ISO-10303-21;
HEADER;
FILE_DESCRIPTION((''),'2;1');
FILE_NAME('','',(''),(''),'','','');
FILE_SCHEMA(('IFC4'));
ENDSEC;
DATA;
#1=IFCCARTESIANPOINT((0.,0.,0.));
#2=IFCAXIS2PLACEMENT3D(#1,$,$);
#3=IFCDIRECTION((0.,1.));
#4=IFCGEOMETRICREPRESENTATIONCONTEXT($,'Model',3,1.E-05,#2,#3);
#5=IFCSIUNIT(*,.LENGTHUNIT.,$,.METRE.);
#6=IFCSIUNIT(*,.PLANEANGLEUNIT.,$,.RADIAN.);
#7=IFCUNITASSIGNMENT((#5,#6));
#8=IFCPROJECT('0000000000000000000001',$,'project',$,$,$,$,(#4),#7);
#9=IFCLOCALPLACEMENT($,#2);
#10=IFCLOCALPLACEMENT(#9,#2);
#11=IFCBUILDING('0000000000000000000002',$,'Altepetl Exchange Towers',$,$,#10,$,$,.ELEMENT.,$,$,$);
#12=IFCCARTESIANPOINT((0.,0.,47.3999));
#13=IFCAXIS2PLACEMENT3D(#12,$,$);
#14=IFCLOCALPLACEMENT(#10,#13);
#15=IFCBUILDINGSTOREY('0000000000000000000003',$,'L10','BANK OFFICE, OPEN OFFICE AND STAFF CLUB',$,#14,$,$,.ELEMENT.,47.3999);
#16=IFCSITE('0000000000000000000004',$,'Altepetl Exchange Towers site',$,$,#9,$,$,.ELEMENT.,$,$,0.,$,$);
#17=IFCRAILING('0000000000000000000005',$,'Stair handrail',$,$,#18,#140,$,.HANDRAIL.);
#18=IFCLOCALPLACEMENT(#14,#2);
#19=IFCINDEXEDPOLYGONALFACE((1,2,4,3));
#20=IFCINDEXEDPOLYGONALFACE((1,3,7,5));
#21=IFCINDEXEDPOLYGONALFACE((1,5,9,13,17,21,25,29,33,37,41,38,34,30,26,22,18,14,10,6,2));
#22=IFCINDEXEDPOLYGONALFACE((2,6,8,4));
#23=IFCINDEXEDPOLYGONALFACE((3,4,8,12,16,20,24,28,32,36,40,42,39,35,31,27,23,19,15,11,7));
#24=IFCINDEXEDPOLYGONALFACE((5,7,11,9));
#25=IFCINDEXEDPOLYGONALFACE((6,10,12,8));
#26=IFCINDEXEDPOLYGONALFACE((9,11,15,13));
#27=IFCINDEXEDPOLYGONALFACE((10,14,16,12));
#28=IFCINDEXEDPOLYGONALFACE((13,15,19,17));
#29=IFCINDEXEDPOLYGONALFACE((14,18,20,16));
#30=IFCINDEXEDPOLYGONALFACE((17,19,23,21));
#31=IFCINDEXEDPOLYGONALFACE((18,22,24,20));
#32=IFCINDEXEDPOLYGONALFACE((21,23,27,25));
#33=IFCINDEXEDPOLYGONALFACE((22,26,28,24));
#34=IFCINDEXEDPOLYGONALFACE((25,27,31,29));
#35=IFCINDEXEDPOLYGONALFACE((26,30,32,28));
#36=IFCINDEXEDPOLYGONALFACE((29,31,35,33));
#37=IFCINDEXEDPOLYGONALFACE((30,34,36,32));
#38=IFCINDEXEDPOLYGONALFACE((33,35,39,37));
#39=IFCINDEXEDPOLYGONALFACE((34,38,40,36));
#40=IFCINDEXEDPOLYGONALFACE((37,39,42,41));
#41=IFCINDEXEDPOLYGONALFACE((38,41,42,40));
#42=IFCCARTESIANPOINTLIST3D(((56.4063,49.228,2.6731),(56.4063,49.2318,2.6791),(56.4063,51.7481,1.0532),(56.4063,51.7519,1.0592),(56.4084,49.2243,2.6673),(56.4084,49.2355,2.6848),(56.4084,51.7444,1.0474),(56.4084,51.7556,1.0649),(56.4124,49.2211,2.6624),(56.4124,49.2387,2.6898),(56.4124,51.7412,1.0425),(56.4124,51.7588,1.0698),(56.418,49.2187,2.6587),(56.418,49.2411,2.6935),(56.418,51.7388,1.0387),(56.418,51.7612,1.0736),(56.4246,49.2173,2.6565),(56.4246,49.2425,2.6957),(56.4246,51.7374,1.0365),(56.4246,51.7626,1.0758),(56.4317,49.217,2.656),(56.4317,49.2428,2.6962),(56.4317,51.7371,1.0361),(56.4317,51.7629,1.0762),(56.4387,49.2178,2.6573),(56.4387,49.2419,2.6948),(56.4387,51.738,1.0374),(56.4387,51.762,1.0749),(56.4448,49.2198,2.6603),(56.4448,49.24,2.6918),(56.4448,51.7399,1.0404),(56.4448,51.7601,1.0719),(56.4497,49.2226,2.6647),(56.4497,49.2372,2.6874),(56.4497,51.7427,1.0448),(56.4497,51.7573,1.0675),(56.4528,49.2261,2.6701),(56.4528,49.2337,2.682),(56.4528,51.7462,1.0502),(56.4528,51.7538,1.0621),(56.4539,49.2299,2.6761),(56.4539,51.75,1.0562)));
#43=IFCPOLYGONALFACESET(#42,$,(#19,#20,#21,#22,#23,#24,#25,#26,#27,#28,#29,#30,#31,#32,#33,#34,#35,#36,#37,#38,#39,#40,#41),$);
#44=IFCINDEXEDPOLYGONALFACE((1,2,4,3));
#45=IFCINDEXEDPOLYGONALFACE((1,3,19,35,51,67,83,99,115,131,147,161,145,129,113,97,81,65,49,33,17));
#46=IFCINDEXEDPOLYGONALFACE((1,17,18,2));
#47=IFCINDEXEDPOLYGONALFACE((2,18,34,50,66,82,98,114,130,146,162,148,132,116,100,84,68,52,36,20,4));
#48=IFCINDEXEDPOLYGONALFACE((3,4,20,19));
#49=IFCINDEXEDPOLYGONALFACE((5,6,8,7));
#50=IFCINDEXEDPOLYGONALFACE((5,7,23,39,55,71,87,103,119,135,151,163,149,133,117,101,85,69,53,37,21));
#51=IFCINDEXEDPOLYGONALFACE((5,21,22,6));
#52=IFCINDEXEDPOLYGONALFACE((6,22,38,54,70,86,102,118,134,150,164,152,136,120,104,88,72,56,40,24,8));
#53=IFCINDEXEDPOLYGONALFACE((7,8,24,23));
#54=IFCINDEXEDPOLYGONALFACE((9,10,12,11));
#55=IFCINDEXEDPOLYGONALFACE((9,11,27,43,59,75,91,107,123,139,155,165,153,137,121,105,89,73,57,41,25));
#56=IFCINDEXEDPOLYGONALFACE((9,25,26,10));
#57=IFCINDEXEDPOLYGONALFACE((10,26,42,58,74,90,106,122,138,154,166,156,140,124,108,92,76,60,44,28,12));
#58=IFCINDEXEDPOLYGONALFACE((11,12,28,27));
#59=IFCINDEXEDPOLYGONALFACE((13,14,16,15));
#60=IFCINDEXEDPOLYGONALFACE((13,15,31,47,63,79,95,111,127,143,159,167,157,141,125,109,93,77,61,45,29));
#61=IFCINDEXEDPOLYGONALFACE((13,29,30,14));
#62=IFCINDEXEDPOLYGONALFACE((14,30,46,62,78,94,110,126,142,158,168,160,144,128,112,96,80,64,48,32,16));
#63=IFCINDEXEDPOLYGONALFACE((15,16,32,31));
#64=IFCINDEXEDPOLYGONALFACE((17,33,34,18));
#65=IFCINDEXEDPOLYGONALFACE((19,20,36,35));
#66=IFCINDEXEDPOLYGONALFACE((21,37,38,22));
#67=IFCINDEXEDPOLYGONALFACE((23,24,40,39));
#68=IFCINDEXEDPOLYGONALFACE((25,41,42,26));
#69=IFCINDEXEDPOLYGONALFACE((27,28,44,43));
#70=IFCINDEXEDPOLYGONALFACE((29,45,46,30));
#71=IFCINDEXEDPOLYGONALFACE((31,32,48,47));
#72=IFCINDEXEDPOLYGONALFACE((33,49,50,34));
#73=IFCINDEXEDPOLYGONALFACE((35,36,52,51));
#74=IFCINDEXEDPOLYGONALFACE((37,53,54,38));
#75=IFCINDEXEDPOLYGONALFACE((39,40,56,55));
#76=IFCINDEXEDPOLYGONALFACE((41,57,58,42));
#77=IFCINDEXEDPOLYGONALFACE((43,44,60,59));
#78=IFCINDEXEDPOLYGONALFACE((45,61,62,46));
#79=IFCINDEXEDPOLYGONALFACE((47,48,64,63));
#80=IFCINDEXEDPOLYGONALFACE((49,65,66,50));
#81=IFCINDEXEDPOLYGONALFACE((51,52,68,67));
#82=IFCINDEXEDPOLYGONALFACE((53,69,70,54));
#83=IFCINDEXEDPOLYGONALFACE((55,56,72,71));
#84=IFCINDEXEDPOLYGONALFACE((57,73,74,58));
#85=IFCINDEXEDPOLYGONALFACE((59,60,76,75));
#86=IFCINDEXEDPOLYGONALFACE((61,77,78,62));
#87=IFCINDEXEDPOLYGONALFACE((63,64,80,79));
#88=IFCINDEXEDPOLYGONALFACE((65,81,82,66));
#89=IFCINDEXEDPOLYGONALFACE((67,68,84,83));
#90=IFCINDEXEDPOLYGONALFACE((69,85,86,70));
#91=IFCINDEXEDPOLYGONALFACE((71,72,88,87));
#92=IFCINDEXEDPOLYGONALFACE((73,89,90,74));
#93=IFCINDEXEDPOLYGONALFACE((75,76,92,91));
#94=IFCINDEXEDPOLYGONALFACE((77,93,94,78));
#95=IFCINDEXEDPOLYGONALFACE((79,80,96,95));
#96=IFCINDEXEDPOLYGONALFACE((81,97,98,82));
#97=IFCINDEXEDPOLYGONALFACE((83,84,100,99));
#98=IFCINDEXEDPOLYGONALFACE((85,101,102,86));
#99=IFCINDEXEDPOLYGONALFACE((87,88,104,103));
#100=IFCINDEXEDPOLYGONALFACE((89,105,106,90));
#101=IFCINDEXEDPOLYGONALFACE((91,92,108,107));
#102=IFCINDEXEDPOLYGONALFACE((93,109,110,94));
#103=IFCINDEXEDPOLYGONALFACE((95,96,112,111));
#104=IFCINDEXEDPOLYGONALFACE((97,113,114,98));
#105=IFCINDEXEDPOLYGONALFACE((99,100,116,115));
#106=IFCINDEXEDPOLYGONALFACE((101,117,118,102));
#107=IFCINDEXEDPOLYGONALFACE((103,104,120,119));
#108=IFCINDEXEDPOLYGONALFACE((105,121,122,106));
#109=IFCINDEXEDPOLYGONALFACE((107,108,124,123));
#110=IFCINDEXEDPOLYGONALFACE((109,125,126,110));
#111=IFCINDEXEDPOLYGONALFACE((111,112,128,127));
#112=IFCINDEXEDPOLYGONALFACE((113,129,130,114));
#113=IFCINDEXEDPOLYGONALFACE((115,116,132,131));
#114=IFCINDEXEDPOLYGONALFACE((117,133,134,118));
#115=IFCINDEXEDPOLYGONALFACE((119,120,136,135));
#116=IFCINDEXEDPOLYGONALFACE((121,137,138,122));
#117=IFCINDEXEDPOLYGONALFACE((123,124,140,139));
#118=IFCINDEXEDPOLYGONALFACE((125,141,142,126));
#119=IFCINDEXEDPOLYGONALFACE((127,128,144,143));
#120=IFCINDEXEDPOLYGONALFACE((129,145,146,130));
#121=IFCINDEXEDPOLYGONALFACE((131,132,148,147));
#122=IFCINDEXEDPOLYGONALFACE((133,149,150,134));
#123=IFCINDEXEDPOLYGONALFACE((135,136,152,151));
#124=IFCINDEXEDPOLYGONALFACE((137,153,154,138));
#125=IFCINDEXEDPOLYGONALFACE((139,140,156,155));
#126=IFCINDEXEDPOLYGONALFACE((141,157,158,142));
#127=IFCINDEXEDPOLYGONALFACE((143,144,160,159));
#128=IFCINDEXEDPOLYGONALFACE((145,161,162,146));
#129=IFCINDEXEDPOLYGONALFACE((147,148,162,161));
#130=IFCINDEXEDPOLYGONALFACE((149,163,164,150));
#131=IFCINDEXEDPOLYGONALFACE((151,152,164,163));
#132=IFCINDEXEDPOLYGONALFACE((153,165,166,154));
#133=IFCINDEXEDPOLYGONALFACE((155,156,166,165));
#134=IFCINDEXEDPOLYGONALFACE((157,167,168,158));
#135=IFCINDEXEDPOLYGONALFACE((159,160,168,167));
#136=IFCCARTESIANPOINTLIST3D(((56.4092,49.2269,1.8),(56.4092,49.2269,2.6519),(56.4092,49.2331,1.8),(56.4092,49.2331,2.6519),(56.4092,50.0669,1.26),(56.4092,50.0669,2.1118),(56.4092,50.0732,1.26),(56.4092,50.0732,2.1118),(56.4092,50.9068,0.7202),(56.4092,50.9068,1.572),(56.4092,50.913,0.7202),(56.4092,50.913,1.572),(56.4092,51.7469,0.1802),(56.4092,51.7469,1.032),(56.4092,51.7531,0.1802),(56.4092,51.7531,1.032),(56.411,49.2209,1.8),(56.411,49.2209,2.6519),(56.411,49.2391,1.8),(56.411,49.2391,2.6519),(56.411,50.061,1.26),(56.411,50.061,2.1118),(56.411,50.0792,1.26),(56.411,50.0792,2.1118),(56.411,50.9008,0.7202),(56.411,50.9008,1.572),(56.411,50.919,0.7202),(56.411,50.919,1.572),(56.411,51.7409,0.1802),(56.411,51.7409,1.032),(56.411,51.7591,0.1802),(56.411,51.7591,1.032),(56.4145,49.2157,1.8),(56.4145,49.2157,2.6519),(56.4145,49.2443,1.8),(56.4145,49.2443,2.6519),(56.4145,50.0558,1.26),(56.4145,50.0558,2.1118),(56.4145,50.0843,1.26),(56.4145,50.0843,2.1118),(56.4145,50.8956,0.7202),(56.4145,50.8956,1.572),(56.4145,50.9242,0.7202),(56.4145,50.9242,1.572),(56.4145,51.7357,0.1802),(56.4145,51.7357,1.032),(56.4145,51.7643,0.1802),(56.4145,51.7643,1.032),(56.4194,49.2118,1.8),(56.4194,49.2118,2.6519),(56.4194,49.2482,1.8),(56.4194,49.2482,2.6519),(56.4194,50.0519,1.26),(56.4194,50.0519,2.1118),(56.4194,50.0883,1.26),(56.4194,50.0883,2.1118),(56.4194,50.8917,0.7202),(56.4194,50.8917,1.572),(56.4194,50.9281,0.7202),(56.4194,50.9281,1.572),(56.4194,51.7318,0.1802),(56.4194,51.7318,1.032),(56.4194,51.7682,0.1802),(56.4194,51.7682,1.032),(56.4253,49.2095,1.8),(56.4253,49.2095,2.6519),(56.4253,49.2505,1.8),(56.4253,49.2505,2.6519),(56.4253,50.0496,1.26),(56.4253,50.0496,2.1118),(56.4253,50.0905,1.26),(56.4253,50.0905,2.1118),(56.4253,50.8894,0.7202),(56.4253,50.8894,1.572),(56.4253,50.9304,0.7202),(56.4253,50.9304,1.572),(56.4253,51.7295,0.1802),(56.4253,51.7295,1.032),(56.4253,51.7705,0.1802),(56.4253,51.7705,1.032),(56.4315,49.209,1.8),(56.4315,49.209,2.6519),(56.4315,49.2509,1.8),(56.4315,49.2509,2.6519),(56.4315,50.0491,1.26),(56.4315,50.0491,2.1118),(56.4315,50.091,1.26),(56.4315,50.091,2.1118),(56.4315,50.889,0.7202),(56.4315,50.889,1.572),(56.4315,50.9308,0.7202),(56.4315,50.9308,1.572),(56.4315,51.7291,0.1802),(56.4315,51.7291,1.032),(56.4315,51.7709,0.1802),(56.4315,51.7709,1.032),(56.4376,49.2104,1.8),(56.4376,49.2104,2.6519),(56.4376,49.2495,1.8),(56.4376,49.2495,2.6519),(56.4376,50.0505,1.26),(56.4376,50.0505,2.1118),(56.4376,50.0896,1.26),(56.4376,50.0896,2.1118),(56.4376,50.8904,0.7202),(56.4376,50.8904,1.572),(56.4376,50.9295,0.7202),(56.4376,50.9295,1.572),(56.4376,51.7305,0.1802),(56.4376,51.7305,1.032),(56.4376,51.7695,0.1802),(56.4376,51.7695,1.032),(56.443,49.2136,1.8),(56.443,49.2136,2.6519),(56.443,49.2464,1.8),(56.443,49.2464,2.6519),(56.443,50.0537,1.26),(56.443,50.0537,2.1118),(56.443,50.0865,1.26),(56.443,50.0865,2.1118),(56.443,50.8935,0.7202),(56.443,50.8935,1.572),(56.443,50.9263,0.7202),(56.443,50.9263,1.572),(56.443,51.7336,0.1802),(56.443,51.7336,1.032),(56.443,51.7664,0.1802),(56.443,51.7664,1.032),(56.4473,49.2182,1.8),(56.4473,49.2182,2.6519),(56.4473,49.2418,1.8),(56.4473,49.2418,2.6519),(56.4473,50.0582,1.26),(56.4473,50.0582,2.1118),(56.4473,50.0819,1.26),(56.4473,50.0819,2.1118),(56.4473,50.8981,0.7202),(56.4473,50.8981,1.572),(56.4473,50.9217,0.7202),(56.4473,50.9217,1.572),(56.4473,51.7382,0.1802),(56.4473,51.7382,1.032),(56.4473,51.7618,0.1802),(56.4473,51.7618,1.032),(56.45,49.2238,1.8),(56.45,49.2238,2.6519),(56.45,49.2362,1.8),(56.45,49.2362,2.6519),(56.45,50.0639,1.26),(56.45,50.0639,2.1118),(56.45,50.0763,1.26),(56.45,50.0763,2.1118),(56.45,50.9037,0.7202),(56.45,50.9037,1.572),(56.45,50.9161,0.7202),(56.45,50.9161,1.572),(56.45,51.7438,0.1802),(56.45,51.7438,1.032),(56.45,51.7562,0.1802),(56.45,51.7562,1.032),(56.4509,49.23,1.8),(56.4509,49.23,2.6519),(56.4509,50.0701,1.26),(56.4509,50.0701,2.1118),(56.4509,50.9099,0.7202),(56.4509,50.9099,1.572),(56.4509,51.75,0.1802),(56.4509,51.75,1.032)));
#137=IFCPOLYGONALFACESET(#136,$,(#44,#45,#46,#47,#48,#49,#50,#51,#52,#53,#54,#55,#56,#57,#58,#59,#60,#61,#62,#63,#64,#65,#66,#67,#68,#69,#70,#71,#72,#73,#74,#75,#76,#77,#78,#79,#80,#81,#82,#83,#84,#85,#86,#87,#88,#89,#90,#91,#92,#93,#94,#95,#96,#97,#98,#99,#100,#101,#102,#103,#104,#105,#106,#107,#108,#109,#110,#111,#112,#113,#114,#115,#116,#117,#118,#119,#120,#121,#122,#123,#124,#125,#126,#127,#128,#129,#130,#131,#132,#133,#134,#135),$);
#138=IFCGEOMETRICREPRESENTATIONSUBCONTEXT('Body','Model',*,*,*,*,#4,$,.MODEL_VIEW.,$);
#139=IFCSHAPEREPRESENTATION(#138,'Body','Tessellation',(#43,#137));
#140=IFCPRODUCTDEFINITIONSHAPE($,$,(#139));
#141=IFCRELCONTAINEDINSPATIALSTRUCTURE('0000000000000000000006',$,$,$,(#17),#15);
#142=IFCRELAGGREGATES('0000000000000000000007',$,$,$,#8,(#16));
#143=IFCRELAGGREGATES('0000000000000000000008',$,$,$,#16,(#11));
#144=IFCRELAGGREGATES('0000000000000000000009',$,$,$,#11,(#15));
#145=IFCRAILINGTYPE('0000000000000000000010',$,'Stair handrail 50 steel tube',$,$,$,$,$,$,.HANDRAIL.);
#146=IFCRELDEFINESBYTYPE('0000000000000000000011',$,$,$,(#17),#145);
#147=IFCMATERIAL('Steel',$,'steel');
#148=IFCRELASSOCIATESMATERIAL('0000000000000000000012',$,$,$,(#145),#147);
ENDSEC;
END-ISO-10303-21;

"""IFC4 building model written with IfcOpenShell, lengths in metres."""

from ifc_helpers import new_model, si_unit, direction, frame, origin, origin_2d, place, context, subcontext, project, spatial, circle, extrude, source, transform, mapped, material, type_object, element, save


model = new_model("IFC4")

# Units and contexts
model_context = context("Model", 3, precision=1e-05, world=origin(), true_north=direction((0.0, 1.0)))
body_context = subcontext(model_context, "Body", "Model", "MODEL_VIEW")
ifc_project = project(units=[si_unit("LENGTHUNIT", "METRE"), si_unit("PLANEANGLEUNIT", "RADIAN")], contexts=[model_context])

# Site, building, storey
site_placement = place(None, origin())
site = spatial("IfcSite", under=ifc_project, at=site_placement, Name="Altepetl Exchange Towers site", CompositionType="ELEMENT", RefElevation=0.0)
building_placement = place(site_placement, origin())
building = spatial("IfcBuilding", under=site, at=building_placement, Name="Altepetl Exchange Towers", CompositionType="ELEMENT")
storey_placement = place(building_placement, frame((0.0, 0.0, 47.3999)))
storey = spatial("IfcBuildingStorey", under=building, at=storey_placement, Name="L10", Description="BANK OFFICE, OPEN OFFICE AND STAFF CLUB", CompositionType="ELEMENT", Elevation=47.3999)

# Railing
ifc_material_1 = material(Name="Steel", Category="steel")
railing_type = type_object("IfcRailingType", Name="Stair handrail 50 steel tube", PredefinedType="HANDRAIL", material=ifc_material_1)
shared_shape = source(origin(), body_context, "Body", "SweptSolid", [
    extrude(circle(Radius=0.021, at=origin_2d()), origin(), (0.0, 0.0, 1.0), 0.8518),
])
railing_1_placement = place(storey_placement, frame((56.4299, 51.75, 0.1802)))
element("IfcRailing", 1, at=railing_1_placement, inside=storey, type_object=railing_type, Name="Stair handrail", PredefinedType="HANDRAIL", context=body_context, shape_type="SweptSolid", body=[
    extrude(circle(Radius=0.0239, at=origin_2d()), frame((0.0, 0.0, 0.876), z_axis=(0.0, -0.8412, 0.540725), x_axis=(1.0, 0.0, 0.0)), (0.0, 0.0, 1.0), 2.9958),
    mapped(shared_shape, transform((0.0, 0.0, 0.0))),
    mapped(shared_shape, transform((0.0, -0.8401, 0.54))),
    mapped(shared_shape, transform((0.0, -1.6799, 1.0798))),
    mapped(shared_shape, transform((0.0, -2.52, 1.6199))),
])

save(model, "model.ifc")
